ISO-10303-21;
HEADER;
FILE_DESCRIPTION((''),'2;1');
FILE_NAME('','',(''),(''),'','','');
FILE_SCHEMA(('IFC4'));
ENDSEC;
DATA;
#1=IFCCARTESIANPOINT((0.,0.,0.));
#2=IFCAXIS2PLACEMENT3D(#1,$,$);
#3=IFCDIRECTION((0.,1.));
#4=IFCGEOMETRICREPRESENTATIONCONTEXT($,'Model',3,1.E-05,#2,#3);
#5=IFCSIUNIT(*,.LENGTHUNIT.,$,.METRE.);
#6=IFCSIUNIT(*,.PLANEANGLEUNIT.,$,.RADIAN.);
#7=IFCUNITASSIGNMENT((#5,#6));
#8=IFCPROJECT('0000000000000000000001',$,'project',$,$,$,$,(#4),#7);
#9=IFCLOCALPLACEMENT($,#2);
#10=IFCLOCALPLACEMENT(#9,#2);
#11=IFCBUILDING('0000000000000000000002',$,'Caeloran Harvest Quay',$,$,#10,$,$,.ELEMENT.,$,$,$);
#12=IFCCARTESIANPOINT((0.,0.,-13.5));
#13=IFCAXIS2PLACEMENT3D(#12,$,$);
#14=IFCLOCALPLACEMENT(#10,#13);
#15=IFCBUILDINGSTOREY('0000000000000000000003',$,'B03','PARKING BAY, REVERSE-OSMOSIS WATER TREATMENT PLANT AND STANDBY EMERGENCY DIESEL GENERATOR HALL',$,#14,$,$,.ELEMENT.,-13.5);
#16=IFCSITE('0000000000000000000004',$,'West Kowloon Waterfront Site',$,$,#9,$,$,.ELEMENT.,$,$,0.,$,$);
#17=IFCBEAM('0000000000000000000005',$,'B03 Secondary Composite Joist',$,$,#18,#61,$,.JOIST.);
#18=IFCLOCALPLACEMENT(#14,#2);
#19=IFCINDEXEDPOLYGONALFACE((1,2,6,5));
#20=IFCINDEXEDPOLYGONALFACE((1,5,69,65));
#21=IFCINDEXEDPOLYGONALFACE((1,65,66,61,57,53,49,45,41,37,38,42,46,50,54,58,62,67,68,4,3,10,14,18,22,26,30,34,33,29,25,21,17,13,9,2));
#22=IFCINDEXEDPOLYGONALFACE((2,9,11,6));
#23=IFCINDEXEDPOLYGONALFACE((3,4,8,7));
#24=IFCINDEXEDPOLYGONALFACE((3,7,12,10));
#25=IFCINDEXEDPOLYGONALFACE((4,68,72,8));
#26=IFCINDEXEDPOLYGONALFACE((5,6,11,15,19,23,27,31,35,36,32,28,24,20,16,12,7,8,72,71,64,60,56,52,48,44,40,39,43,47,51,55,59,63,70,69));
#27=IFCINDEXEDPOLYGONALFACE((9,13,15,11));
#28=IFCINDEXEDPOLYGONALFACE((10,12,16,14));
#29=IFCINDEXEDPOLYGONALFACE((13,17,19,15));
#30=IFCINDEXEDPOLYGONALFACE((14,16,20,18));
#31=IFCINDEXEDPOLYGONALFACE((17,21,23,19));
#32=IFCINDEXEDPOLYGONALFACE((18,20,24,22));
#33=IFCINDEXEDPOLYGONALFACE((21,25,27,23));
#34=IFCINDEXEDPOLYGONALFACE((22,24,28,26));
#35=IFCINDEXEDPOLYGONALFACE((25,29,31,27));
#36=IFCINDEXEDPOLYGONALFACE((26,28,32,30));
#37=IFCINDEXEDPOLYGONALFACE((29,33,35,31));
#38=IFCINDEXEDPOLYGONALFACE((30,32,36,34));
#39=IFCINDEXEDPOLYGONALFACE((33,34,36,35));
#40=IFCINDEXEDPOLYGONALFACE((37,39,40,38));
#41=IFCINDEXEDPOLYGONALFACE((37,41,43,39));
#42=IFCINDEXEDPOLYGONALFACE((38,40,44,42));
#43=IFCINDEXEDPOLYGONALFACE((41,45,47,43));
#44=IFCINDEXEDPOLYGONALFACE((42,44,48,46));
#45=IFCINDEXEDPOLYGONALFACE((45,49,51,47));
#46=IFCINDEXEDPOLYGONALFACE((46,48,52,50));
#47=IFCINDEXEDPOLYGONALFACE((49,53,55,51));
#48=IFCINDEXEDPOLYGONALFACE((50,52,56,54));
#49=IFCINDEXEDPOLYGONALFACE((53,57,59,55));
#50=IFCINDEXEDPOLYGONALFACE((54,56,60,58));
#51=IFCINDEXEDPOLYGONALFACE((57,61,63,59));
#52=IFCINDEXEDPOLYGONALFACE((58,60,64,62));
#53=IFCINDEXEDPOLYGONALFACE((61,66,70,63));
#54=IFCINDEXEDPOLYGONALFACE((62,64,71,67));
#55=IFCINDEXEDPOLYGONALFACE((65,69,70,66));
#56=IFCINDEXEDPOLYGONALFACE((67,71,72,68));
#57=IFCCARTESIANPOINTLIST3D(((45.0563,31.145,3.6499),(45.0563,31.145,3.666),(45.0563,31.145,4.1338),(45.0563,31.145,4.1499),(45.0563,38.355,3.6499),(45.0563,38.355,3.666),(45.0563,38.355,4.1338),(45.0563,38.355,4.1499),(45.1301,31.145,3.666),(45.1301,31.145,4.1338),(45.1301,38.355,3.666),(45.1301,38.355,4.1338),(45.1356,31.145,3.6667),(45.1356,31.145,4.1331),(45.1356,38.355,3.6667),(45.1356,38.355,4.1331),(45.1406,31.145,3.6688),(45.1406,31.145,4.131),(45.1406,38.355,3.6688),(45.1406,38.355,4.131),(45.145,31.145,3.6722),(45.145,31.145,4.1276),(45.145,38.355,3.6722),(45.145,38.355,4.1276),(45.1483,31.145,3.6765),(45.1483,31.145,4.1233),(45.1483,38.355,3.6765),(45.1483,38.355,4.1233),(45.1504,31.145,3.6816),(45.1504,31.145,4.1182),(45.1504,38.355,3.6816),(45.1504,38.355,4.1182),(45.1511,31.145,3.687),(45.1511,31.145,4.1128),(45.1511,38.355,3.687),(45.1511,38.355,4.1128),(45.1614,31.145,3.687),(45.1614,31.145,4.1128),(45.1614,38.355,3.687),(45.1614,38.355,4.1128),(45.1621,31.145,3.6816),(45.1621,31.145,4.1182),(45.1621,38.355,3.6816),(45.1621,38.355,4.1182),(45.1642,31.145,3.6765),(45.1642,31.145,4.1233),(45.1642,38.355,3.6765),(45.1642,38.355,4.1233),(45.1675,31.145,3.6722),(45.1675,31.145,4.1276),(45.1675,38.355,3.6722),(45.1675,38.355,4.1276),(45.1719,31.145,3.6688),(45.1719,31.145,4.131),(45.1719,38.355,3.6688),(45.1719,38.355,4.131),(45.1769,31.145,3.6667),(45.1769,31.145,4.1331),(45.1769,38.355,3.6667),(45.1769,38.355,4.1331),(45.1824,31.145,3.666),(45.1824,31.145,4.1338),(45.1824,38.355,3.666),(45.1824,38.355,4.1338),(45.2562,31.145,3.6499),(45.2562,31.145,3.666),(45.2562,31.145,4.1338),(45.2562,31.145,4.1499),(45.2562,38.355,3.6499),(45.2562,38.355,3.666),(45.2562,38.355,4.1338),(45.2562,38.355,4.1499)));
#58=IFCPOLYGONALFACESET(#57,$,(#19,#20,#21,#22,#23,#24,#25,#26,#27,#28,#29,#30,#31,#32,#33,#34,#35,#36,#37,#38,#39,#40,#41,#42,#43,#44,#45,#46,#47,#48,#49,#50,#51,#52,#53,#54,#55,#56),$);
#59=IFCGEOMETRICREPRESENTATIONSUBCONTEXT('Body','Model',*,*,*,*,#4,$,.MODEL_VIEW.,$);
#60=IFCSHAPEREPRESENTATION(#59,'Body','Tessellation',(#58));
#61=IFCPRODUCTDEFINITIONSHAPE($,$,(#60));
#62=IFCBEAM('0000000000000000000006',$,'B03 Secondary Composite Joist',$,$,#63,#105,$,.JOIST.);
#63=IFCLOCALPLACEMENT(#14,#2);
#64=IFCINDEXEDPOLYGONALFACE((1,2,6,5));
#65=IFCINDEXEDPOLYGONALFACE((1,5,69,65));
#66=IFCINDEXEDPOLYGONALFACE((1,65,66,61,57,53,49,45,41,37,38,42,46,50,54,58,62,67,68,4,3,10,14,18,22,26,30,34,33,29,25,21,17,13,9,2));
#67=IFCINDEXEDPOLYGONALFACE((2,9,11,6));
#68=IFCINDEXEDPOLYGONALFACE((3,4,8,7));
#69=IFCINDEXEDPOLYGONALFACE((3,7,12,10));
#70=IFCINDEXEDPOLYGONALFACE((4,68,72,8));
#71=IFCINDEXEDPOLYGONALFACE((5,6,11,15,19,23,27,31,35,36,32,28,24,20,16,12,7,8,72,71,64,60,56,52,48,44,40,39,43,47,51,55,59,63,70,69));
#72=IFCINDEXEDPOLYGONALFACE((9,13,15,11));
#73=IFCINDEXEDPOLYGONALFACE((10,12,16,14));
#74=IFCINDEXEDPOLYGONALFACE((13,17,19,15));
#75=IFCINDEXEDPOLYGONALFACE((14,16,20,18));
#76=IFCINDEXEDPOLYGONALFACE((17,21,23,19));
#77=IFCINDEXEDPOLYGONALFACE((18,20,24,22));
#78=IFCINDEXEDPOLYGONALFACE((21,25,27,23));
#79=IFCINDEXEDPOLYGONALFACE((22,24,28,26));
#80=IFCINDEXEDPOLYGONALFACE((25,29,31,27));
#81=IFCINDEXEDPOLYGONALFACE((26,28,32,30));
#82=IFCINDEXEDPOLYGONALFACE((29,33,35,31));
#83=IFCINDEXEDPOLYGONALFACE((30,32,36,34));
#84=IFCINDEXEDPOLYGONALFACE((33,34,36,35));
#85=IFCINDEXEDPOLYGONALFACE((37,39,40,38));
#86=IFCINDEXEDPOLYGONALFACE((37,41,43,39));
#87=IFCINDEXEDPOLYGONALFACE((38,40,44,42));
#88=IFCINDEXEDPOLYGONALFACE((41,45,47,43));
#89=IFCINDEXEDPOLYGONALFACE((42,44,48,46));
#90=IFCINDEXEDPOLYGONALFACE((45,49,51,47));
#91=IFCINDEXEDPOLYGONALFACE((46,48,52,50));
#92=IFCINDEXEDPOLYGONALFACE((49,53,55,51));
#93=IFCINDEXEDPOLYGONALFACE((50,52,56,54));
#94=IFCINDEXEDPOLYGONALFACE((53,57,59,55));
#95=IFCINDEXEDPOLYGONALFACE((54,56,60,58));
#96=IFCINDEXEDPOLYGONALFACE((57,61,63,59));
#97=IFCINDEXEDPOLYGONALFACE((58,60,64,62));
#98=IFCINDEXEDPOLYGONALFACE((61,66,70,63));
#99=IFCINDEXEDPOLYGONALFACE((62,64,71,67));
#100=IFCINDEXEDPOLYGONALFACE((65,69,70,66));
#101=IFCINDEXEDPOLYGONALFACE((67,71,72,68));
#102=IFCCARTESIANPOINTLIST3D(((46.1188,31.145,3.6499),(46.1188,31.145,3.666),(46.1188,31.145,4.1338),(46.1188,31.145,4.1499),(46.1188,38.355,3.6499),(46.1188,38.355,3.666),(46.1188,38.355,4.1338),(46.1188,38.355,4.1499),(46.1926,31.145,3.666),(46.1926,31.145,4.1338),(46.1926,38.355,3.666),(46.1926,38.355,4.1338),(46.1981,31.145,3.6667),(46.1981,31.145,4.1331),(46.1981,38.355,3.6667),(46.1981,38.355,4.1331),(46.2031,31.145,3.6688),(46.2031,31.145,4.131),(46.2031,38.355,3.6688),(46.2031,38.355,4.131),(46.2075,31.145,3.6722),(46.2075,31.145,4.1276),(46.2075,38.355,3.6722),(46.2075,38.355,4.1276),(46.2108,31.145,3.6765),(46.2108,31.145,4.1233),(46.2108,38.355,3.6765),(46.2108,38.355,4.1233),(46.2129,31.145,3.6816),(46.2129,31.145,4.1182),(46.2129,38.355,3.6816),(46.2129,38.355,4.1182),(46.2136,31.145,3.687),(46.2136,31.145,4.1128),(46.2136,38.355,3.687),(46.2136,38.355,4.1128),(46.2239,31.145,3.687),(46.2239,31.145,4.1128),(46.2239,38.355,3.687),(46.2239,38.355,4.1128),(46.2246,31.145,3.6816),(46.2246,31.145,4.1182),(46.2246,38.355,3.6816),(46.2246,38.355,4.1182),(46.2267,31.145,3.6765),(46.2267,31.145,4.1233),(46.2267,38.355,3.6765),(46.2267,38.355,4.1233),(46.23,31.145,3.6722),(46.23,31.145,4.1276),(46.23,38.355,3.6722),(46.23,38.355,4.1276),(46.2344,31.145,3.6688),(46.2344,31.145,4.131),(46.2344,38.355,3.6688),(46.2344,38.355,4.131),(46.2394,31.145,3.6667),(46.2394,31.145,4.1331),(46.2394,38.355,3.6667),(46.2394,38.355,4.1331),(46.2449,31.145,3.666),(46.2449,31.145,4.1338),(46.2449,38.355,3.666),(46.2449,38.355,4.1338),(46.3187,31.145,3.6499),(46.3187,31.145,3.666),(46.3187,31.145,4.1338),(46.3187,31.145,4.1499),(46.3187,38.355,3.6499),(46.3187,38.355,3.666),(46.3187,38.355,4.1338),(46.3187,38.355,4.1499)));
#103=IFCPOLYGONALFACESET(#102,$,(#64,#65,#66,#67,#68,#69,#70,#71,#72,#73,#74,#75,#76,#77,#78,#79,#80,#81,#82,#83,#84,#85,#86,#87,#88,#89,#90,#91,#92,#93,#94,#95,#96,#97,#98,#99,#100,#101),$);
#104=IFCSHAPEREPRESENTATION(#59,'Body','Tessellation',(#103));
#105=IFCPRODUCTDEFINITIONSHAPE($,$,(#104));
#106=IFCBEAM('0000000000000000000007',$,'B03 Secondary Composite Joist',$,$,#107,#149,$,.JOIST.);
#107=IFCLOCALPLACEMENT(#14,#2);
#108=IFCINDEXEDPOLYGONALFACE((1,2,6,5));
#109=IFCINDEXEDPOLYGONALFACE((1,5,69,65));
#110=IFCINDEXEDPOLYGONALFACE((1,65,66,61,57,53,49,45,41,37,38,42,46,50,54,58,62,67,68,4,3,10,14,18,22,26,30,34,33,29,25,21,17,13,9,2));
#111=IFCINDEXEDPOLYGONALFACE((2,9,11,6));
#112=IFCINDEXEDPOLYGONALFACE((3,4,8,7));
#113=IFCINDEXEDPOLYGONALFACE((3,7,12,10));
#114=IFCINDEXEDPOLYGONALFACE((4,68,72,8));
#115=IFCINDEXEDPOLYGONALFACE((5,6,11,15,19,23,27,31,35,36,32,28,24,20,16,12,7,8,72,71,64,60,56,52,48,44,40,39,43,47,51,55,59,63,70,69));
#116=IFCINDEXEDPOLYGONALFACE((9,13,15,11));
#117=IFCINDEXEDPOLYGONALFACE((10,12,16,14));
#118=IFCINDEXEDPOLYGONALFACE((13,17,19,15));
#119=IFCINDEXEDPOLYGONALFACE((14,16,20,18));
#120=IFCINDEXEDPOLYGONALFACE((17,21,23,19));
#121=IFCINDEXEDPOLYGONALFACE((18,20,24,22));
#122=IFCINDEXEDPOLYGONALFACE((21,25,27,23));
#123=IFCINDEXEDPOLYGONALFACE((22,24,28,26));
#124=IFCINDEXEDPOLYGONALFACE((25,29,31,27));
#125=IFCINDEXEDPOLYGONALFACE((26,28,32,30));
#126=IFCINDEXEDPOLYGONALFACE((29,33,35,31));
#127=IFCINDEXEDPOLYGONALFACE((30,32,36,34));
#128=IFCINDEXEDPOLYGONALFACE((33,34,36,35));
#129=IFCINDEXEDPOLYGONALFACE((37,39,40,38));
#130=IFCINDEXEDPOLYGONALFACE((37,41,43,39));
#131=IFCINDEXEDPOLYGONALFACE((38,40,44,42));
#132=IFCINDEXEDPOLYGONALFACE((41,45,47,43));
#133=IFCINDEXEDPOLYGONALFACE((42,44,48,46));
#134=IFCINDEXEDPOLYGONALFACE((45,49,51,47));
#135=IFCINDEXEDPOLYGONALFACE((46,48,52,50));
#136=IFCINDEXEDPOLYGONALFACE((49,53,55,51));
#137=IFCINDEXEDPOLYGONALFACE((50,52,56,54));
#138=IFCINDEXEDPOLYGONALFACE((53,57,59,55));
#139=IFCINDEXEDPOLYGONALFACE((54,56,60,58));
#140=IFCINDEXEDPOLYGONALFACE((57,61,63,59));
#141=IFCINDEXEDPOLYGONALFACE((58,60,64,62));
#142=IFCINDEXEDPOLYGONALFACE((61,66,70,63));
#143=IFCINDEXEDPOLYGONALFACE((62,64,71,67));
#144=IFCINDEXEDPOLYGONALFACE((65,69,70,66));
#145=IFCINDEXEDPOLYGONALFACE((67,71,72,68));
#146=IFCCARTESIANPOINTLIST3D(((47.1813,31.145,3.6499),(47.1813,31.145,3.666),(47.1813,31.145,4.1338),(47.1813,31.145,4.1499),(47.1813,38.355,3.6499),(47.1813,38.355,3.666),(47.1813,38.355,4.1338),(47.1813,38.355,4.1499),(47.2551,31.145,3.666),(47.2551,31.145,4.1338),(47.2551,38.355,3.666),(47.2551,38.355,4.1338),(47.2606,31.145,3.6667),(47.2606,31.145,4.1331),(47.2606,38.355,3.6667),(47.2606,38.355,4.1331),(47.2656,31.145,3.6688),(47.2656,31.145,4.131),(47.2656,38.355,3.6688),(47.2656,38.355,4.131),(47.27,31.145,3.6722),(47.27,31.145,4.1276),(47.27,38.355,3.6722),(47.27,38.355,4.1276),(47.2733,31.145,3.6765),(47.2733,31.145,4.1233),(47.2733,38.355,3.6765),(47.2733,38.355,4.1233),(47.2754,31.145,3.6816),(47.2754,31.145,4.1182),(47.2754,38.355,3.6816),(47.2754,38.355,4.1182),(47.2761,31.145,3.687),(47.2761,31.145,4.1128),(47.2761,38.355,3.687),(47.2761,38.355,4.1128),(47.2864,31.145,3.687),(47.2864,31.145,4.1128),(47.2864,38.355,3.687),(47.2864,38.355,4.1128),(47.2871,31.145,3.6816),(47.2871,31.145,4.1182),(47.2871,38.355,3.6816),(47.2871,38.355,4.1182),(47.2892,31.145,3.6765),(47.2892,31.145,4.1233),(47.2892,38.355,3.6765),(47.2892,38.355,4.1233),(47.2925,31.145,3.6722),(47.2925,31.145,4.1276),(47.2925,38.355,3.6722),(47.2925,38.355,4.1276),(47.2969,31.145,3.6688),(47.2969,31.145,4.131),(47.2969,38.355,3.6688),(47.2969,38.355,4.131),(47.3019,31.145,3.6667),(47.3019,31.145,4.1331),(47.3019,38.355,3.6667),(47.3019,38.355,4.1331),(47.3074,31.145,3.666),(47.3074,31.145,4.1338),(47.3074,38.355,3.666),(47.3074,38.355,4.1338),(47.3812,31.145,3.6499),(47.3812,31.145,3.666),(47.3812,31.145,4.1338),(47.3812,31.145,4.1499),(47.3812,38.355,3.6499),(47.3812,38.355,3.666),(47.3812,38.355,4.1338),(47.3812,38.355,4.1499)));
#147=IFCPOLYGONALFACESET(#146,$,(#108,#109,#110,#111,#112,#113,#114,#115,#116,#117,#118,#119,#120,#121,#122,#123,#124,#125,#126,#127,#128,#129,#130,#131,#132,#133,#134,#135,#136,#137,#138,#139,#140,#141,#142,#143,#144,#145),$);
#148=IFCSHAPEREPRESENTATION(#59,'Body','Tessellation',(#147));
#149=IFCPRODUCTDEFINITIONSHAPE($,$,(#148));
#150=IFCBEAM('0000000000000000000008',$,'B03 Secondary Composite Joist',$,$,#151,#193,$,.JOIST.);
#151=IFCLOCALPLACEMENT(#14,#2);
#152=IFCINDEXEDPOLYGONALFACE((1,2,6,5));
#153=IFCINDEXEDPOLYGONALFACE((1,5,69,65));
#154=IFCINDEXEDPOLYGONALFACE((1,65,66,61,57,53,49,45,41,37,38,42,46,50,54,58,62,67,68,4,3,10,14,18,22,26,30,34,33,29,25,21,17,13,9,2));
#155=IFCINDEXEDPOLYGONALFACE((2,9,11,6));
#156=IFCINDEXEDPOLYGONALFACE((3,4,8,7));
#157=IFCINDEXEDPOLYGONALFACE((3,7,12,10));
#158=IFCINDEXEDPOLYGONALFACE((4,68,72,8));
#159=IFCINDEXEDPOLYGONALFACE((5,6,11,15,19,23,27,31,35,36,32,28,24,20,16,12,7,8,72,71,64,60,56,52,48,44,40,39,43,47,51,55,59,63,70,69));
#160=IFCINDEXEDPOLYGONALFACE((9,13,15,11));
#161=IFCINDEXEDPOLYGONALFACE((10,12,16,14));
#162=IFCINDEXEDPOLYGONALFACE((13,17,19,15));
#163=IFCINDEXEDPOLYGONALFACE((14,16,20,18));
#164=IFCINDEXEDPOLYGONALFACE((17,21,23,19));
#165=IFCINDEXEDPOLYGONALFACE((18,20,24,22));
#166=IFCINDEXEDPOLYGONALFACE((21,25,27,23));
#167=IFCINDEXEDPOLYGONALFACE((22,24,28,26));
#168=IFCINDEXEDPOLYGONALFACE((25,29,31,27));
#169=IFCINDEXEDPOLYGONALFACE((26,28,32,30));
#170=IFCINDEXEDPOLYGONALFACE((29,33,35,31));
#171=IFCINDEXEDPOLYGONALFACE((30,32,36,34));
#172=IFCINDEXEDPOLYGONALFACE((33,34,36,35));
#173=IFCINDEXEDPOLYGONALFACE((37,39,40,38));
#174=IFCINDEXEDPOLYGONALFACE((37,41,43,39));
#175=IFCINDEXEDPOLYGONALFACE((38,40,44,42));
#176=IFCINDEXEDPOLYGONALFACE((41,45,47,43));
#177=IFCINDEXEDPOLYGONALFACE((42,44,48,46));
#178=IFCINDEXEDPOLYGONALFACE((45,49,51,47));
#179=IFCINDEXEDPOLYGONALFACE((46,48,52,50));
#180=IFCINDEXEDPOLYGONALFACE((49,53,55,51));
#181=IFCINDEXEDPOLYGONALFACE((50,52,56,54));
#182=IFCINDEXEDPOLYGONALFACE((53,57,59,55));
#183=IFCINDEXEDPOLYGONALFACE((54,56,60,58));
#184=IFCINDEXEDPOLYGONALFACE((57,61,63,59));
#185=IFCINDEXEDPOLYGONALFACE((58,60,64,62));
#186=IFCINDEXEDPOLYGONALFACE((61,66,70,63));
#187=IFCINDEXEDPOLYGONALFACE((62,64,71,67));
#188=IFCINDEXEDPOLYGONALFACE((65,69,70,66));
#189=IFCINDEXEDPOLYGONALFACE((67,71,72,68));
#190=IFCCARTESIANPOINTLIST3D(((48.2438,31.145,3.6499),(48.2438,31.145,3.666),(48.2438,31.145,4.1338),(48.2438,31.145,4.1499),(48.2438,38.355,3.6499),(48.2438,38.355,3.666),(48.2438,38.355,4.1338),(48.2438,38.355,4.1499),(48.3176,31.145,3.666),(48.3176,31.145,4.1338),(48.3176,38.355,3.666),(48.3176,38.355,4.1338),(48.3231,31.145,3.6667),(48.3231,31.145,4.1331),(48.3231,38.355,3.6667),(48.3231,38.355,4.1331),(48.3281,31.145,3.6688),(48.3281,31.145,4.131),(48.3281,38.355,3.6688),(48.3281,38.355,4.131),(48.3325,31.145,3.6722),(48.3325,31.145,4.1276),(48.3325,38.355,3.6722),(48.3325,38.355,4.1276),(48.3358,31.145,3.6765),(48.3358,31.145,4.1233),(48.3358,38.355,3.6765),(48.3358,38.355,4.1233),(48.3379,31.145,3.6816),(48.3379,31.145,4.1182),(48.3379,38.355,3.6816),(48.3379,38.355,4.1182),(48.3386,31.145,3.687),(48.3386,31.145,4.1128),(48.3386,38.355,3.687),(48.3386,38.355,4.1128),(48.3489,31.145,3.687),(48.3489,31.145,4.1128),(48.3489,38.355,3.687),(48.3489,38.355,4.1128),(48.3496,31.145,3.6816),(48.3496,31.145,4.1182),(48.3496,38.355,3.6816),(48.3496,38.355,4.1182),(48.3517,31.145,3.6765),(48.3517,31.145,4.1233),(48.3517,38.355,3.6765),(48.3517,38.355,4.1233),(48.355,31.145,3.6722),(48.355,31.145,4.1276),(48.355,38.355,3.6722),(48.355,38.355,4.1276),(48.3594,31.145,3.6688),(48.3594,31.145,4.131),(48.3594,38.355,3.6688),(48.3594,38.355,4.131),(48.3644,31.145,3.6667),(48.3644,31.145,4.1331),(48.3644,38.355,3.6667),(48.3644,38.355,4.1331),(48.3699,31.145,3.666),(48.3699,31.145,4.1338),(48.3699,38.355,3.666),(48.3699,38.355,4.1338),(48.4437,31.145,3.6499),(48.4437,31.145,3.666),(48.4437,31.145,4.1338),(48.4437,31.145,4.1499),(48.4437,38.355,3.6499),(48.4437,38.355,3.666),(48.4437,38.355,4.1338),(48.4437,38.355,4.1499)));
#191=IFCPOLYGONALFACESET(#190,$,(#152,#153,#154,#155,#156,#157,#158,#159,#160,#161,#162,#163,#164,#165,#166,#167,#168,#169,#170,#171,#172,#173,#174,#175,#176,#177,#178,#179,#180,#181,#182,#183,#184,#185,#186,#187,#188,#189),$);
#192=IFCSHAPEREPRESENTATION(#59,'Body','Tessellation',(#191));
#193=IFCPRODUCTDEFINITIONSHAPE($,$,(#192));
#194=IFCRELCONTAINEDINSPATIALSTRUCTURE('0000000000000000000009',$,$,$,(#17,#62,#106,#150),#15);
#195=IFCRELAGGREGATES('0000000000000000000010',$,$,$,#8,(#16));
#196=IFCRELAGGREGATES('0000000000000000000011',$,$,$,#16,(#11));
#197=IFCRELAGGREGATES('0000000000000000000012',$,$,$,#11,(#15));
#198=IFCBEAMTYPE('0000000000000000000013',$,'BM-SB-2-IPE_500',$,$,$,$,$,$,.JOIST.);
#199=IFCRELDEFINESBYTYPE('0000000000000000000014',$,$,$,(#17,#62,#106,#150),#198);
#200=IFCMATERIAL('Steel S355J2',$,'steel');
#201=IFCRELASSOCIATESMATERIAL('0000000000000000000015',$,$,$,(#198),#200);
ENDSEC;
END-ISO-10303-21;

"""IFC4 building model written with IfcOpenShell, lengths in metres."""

from ifc_helpers import new_model, si_unit, direction, frame, origin, origin_2d, place, context, subcontext, project, spatial, i_section, extrude, material, material_profile, profile_set, type_object, element, save


model = new_model("IFC4")

# Units and contexts
model_context = context("Model", 3, precision=1e-05, world=origin(), true_north=direction((0.0, 1.0)))
body_context = subcontext(model_context, "Body", "Model", "MODEL_VIEW")
ifc_project = project(units=[si_unit("LENGTHUNIT", "METRE"), si_unit("PLANEANGLEUNIT", "RADIAN")], contexts=[model_context])

# Site, building, storey
site_placement = place(None, origin())
site = spatial("IfcSite", under=ifc_project, at=site_placement, Name="West Kowloon Waterfront Site", CompositionType="ELEMENT", RefElevation=0.0)
building_placement = place(site_placement, origin())
building = spatial("IfcBuilding", under=site, at=building_placement, Name="Caeloran Harvest Quay", CompositionType="ELEMENT")
storey_placement = place(building_placement, frame((0.0, 0.0, -13.5)))
storey = spatial("IfcBuildingStorey", under=building, at=storey_placement, Name="B03", Description="PARKING BAY, REVERSE-OSMOSIS WATER TREATMENT PLANT AND STANDBY EMERGENCY DIESEL GENERATOR HALL", CompositionType="ELEMENT", Elevation=-13.5)

# Beams
ifc_material_1 = material(Name="Steel S355J2", Category="steel")
ifc_material_profile_1 = material_profile(ifc_material_1, i_section(OverallWidth=0.2, OverallDepth=0.5, WebThickness=0.0103, FlangeThickness=0.0161, FilletRadius=0.021, at=origin_2d()), Name="IPE 500")
ifc_profile_set_1 = profile_set([ifc_material_profile_1], Name="Steel S355J2")
beam_type_1 = type_object("IfcBeamType", Name="BM-SB-2-IPE_500", PredefinedType="JOIST", material=ifc_profile_set_1)
for number, where, z_axis, x_axis, name in (
    (1, (45.1562, 31.145, 3.8999), (0.0, 1.0, 0.0), (-1.0, 0.0, 0.0), "B03 Secondary Composite Joist"),
    (2, (46.2188, 31.145, 3.8999), (0.0, 1.0, 0.0), (-1.0, 0.0, 0.0), "B03 Secondary Composite Joist"),
    (3, (47.2812, 31.145, 3.8999), (0.0, 1.0, 0.0), (-1.0, 0.0, 0.0), "B03 Secondary Composite Joist"),
    (4, (48.3438, 31.145, 3.8999), (0.0, 1.0, 0.0), (-1.0, 0.0, 0.0), "B03 Secondary Composite Joist"),
):
    element("IfcBeam", number, at=place(storey_placement, frame(where, z_axis=z_axis, x_axis=x_axis)), inside=storey, type_object=beam_type_1, Name=name, PredefinedType="JOIST", context=body_context, shape_type="SweptSolid", body=[
        extrude(i_section(OverallWidth=0.2, OverallDepth=0.5, WebThickness=0.0103, FlangeThickness=0.0161, FilletRadius=0.021, at=origin_2d()), origin(), (0.0, 0.0, 1.0), 7.21),
    ])

save(model, "model.ifc")
